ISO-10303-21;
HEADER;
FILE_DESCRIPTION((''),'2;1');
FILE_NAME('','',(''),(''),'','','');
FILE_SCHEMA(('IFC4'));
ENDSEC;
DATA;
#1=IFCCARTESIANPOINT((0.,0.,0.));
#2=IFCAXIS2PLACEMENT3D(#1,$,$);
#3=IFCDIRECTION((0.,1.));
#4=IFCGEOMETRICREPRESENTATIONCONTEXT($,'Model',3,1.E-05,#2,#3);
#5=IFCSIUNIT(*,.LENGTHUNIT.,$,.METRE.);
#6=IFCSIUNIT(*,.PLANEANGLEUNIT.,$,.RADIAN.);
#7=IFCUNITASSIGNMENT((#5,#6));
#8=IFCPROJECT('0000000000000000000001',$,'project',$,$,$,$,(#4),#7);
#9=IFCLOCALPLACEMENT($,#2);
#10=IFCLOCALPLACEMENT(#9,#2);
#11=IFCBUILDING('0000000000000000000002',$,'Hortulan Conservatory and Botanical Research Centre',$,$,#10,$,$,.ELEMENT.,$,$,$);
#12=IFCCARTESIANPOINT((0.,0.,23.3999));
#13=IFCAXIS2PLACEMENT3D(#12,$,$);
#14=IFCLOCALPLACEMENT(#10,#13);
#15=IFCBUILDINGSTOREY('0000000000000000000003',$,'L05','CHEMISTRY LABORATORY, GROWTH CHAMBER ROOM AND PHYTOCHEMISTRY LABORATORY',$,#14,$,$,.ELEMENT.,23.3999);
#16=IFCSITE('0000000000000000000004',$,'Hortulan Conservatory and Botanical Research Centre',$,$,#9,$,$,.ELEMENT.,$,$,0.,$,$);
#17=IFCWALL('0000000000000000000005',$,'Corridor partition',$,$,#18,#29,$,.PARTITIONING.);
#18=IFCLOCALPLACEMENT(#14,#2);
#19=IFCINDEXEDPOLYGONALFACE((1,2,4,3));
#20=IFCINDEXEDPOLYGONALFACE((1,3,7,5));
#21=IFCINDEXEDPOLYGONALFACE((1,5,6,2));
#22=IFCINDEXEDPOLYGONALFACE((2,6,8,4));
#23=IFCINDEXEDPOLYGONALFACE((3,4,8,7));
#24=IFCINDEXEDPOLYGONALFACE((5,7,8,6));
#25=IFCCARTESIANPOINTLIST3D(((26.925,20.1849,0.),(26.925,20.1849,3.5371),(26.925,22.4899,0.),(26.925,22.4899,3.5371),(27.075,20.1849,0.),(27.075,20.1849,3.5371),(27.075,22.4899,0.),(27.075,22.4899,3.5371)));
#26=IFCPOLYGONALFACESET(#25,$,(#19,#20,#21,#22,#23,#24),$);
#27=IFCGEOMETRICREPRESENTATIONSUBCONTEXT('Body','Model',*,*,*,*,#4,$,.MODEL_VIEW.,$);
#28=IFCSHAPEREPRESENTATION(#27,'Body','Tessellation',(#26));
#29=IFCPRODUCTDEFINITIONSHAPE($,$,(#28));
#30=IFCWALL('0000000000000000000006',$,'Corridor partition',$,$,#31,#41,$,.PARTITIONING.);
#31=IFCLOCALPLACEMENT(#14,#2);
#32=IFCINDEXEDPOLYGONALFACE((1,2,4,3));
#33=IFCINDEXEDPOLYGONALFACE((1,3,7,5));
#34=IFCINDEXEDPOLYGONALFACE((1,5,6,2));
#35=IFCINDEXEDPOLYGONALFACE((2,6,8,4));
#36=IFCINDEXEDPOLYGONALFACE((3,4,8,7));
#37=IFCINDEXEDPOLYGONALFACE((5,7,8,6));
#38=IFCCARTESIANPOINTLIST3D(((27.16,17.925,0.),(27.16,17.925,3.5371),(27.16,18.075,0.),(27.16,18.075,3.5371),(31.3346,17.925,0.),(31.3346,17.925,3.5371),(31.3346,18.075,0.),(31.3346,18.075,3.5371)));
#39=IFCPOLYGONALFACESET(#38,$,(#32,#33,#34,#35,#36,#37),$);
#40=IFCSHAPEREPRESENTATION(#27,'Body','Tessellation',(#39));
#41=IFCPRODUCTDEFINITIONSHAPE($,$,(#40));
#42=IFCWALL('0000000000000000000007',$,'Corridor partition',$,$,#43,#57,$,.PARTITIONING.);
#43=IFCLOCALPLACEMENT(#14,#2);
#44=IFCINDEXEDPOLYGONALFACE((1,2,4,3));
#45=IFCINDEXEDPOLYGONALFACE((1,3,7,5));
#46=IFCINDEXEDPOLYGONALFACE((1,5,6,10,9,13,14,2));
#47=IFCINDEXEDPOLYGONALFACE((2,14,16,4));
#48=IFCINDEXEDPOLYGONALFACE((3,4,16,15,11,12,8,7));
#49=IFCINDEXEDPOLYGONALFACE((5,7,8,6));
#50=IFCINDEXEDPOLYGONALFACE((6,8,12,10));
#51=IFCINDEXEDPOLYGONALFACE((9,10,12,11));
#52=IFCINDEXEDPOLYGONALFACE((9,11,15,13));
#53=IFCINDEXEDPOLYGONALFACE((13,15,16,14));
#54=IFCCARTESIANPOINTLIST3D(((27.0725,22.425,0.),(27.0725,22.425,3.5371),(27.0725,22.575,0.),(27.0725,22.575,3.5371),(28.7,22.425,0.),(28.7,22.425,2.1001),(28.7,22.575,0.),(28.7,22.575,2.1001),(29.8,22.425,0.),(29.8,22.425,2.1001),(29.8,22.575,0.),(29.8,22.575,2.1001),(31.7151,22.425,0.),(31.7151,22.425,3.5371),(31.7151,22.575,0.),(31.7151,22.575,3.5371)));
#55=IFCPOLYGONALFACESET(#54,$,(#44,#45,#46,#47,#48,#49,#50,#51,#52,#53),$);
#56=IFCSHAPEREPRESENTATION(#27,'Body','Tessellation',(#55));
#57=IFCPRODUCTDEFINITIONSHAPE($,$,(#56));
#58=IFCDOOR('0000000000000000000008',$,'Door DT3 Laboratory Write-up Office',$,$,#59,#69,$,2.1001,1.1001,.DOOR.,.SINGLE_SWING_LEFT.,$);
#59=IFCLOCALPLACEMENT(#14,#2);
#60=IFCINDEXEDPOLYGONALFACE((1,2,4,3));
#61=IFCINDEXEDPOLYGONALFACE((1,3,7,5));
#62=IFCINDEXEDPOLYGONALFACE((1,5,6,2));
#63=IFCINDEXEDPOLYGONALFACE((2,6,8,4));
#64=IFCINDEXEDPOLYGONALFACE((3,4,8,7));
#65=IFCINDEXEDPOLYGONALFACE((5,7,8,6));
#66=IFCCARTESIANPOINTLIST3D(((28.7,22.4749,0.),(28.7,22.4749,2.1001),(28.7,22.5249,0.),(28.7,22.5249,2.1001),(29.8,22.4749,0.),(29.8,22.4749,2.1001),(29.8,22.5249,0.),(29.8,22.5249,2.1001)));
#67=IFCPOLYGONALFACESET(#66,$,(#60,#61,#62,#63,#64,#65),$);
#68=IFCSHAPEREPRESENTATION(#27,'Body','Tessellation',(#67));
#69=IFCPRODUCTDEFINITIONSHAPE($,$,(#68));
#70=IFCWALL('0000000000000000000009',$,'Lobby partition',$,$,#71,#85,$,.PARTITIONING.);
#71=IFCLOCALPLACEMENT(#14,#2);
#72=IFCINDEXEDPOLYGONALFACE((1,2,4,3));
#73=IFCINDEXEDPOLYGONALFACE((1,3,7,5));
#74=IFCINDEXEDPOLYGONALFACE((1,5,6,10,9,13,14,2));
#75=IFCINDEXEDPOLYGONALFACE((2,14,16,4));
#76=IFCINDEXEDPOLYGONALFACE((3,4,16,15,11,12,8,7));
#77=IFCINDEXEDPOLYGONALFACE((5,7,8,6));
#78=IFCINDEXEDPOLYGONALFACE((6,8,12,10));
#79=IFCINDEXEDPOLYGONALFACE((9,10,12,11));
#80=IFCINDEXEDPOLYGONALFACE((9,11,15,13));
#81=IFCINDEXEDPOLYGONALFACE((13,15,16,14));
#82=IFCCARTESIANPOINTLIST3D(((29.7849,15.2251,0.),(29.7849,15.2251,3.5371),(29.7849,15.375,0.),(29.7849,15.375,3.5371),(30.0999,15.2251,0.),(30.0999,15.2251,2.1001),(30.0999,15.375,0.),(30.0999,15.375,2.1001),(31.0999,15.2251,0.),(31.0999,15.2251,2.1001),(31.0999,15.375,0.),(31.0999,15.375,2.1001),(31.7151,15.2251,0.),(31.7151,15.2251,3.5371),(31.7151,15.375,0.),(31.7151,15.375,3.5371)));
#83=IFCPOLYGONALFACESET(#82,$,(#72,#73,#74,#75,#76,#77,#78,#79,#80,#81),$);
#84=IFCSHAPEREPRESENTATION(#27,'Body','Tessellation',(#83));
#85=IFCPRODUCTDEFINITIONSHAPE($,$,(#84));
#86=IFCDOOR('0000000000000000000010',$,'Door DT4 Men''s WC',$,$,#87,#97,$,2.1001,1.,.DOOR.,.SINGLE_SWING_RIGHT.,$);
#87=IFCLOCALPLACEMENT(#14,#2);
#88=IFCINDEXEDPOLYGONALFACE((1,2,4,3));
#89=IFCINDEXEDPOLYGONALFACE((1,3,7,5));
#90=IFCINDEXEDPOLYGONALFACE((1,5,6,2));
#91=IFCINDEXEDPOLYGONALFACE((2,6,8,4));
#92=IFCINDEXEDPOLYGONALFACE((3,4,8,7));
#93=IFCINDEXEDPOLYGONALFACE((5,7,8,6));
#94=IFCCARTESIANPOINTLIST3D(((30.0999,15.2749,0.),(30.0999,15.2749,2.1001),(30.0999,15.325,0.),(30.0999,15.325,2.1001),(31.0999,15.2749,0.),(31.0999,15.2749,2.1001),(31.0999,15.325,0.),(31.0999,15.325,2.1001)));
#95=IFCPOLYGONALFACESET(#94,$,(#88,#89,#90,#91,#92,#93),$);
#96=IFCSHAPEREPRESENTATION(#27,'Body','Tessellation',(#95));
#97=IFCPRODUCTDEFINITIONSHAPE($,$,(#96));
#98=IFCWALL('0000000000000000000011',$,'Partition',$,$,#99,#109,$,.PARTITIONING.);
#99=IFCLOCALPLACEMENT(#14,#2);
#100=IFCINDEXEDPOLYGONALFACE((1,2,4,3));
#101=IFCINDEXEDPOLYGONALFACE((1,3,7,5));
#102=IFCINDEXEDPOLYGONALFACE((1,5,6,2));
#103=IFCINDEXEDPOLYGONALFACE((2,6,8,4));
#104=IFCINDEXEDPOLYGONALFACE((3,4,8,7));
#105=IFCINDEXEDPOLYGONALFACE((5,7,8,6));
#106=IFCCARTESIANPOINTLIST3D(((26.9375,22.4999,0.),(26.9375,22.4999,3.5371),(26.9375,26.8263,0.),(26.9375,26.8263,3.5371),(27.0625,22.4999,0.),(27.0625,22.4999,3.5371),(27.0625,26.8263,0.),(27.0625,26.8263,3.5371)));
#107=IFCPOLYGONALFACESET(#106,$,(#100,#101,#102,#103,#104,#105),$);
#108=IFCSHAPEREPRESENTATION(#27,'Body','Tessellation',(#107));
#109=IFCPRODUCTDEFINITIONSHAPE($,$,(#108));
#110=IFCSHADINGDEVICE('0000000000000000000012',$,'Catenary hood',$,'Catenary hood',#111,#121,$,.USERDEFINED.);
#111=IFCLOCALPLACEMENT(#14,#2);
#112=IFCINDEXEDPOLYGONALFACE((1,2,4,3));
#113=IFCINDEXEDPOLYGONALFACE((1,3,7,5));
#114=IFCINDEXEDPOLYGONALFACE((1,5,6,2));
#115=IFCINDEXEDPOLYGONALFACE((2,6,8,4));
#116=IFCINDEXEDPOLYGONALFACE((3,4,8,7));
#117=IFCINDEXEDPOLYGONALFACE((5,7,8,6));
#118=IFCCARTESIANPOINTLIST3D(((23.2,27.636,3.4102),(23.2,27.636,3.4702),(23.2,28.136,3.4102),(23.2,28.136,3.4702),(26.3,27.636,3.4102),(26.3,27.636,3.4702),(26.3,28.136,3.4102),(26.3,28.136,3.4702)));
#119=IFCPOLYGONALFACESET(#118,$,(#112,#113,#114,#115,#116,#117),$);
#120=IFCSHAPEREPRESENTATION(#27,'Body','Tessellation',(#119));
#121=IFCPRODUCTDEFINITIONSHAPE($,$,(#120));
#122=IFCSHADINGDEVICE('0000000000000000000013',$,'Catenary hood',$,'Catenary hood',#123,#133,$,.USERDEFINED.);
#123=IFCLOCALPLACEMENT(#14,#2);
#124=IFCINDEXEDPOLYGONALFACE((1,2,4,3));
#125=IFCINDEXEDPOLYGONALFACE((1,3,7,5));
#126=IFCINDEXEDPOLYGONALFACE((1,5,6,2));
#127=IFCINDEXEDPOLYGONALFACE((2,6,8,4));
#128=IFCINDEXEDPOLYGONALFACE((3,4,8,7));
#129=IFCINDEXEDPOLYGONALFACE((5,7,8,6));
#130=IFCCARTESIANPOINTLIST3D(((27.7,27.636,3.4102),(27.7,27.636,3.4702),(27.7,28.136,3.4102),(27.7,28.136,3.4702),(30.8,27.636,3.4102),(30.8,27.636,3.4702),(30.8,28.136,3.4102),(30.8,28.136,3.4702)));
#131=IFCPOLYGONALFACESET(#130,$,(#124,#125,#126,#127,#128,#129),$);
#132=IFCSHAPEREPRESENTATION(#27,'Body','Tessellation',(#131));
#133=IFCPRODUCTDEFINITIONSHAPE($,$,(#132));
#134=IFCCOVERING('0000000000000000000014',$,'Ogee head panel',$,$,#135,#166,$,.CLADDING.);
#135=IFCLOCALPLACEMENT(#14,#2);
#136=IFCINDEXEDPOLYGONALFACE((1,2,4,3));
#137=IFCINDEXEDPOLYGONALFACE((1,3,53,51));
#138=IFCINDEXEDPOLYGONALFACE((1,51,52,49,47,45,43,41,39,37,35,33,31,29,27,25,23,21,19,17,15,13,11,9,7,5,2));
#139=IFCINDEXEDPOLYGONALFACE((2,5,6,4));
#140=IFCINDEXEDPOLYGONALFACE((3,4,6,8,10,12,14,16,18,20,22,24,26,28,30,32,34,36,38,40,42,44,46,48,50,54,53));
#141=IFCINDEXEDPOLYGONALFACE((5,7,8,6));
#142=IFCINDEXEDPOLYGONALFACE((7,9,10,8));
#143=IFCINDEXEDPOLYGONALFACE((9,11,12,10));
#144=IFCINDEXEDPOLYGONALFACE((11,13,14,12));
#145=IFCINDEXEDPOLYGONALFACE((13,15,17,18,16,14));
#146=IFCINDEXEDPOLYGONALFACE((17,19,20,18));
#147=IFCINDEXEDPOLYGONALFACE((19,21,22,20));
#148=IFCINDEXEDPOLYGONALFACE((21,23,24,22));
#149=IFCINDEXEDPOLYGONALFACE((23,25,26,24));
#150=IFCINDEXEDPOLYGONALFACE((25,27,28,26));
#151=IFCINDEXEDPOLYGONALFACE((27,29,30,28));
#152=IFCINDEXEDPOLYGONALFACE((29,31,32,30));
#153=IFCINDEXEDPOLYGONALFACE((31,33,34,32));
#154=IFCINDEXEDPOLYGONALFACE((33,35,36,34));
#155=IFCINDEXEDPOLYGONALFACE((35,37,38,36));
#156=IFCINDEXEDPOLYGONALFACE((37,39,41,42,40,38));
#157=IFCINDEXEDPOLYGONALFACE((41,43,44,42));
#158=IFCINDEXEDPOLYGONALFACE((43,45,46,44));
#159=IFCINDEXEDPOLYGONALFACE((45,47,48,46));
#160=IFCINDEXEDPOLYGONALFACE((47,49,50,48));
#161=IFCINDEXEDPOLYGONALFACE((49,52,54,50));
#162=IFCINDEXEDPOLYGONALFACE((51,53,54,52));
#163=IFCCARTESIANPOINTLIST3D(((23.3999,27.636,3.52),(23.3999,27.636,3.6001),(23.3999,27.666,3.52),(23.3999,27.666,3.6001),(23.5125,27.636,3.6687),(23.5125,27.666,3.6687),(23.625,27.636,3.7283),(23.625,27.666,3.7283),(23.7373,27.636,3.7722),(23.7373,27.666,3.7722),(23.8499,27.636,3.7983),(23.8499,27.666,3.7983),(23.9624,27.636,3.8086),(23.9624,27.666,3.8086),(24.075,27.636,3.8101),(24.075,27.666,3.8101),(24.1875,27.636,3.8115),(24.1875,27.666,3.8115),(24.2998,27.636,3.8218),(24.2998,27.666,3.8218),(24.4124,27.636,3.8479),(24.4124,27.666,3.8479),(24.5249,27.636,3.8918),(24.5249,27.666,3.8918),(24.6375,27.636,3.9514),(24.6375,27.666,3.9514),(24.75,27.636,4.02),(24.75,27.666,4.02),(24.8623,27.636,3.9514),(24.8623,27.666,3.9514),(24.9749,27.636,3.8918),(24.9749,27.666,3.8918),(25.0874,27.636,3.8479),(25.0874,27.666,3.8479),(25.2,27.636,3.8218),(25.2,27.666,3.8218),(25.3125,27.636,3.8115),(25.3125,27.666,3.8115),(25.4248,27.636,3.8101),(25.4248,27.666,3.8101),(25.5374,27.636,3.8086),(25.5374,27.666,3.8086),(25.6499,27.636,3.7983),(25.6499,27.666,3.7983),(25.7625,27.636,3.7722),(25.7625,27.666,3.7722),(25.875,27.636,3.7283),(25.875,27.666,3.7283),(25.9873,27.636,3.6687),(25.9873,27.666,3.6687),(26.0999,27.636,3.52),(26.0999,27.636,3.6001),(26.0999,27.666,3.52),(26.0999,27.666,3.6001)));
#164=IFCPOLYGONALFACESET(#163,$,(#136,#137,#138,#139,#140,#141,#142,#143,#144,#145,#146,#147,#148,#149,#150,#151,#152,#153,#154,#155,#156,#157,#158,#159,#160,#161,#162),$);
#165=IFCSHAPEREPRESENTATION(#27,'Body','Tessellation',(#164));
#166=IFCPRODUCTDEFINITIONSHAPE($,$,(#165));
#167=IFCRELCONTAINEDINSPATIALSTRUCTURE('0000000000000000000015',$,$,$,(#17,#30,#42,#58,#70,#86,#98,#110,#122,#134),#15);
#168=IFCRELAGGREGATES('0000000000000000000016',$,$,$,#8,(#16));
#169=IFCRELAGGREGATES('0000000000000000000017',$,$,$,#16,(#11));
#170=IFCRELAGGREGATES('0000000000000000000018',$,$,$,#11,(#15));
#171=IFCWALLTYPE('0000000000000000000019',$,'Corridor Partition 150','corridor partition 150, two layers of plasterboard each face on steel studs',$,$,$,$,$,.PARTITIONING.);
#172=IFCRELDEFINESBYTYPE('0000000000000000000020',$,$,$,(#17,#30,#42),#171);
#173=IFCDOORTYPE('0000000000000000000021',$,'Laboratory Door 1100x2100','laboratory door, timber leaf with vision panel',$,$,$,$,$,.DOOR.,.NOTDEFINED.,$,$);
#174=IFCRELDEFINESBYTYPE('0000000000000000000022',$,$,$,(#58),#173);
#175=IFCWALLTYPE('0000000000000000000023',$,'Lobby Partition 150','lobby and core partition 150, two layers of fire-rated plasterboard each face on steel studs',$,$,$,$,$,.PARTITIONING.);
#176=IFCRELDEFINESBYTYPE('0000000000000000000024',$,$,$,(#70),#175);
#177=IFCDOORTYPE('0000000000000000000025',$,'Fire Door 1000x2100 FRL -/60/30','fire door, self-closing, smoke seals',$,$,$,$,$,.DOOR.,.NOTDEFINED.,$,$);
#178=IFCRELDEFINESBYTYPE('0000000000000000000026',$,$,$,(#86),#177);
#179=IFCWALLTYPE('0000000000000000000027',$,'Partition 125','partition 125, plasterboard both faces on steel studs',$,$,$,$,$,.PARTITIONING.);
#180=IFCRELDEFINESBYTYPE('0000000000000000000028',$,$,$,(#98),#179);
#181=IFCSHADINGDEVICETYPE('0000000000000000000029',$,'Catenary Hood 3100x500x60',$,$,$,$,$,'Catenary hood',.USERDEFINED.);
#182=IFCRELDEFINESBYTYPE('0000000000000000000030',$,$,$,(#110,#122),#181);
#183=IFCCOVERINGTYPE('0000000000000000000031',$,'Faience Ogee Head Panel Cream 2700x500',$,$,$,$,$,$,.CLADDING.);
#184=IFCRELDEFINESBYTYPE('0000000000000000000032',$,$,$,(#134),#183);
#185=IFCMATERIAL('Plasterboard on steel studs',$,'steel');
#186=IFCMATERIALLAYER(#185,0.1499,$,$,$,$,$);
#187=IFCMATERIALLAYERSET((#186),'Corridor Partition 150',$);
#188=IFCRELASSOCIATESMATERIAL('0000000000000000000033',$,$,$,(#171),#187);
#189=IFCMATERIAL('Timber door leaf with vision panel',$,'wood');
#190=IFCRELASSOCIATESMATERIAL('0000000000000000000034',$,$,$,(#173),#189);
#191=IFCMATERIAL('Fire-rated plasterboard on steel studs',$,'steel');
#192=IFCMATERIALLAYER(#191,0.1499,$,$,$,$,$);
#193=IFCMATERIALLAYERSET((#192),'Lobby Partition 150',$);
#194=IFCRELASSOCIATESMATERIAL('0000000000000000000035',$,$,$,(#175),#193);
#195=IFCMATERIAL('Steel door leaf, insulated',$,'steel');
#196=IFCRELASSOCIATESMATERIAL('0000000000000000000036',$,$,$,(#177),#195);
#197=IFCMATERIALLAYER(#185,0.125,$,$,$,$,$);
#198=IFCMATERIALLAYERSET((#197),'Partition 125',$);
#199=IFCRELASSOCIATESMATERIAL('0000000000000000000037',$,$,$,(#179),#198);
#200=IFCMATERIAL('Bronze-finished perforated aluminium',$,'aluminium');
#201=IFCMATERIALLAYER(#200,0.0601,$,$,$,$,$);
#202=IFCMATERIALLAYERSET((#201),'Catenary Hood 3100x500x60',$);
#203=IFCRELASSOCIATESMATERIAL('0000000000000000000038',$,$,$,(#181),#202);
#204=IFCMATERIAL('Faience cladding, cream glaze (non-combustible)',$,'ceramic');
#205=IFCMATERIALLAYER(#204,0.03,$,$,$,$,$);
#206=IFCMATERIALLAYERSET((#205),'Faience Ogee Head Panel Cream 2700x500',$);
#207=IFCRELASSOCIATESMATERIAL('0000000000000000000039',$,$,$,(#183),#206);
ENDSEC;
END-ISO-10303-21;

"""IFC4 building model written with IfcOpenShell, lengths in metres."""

from ifc_helpers import new_model, si_unit, direction, frame, frame_2d, origin, origin_2d, place, context, subcontext, project, spatial, polyline, rectangle, outline, extrude, material, layer, layer_set, type_object, element, fill, save


model = new_model("IFC4")

# Units and contexts
model_context = context("Model", 3, precision=1e-05, world=origin(), true_north=direction((0.0, 1.0)))
body_context = subcontext(model_context, "Body", "Model", "MODEL_VIEW")
ifc_project = project(units=[si_unit("LENGTHUNIT", "METRE"), si_unit("PLANEANGLEUNIT", "RADIAN")], contexts=[model_context])

# Site, building, storey
site_placement = place(None, origin())
site = spatial("IfcSite", under=ifc_project, at=site_placement, Name="Hortulan Conservatory and Botanical Research Centre", CompositionType="ELEMENT", RefElevation=0.0)
building_placement = place(site_placement, origin())
building = spatial("IfcBuilding", under=site, at=building_placement, Name="Hortulan Conservatory and Botanical Research Centre", CompositionType="ELEMENT")
storey_placement = place(building_placement, frame((0.0, 0.0, 23.3999)))
storey = spatial("IfcBuildingStorey", under=building, at=storey_placement, Name="L05", Description="CHEMISTRY LABORATORY, GROWTH CHAMBER ROOM AND PHYTOCHEMISTRY LABORATORY", CompositionType="ELEMENT", Elevation=23.3999)

# Walls
ifc_material_1 = material(Name="Plasterboard on steel studs", Category="steel")
ifc_layer_1 = layer(ifc_material_1, 0.1499)
ifc_layer_set_1 = layer_set([ifc_layer_1], Name="Corridor Partition 150")
wall_type_1 = type_object("IfcWallType", Name="Corridor Partition 150", Description="corridor partition 150, two layers of plasterboard each face on steel studs", PredefinedType="PARTITIONING", material=ifc_layer_set_1)
wall_1_placement = place(storey_placement, frame((27.0, 20.1851, 0.0), z_axis=(0.0, 0.0, 1.0), x_axis=(0.0, 1.0, 0.0)))
element("IfcWall", 1, at=wall_1_placement, inside=storey, type_object=wall_type_1, Name="Corridor partition", PredefinedType="PARTITIONING", context=body_context, shape_type="SweptSolid", body=[
    extrude(rectangle(XDim=2.3049, YDim=0.1499, at=frame_2d((1.1523, 0.0))), origin(), (0.0, 0.0, 1.0), 3.5371),
])
wall_2_placement = place(storey_placement, frame((27.1599, 18.0, 0.0), z_axis=(0.0, 0.0, 1.0), x_axis=(1.0, 0.0, 0.0)))
element("IfcWall", 2, at=wall_2_placement, inside=storey, type_object=wall_type_1, Name="Corridor partition", PredefinedType="PARTITIONING", context=body_context, shape_type="SweptSolid", body=[
    extrude(rectangle(XDim=4.1746, YDim=0.1499, at=frame_2d((2.0874, 0.0))), origin(), (0.0, 0.0, 1.0), 3.5371),
])

# Walls, openings, doors
wall_3_placement = place(storey_placement, frame((27.0725, 22.5, 0.0), z_axis=(0.0, 0.0, 1.0), x_axis=(1.0, 0.0, 0.0)))
wall_3 = element("IfcWall", 3, at=wall_3_placement, inside=storey, type_object=wall_type_1, Name="Corridor partition", PredefinedType="PARTITIONING", context=body_context, shape_type="SweptSolid", body=[
    extrude(rectangle(XDim=4.6426, YDim=0.1499, at=frame_2d((2.3213, 0.0))), origin(), (0.0, 0.0, 1.0), 3.5371),
])
opening_1_placement = place(wall_3_placement, frame((1.6274, 0.0, 0.0)))
opening_1 = element("IfcOpeningElement", 4, at=opening_1_placement, cuts=wall_3, PredefinedType="OPENING", context=body_context, shape_type="SweptSolid", body=[
    extrude(rectangle(XDim=1.1001, YDim=2.1001, at=frame_2d((0.55, 1.05))), frame((0.0, 0.085, 0.0), z_axis=(0.0, -1.0, 0.0), x_axis=(1.0, 0.0, 0.0)), (0.0, 0.0, 1.0), 0.1699),
])
ifc_material_2 = material(Name="Timber door leaf with vision panel", Category="wood")
door_type_1 = type_object("IfcDoorType", Name="Laboratory Door 1100x2100", Description="laboratory door, timber leaf with vision panel", OperationType="NOTDEFINED", PredefinedType="DOOR", material=ifc_material_2)
door_1_placement = place(opening_1_placement, origin())
door_1 = element("IfcDoor", 5, at=door_1_placement, inside=storey, type_object=door_type_1, Name="Door DT3 Laboratory Write-up Office", OperationType="SINGLE_SWING_LEFT", OverallHeight=2.1001, OverallWidth=1.1001, PredefinedType="DOOR", context=body_context, shape_type="SweptSolid", body=[
    extrude(rectangle(XDim=1.1001, YDim=2.1001, at=frame_2d((0.55, 1.05))), frame((0.0, 0.0249, 0.0), z_axis=(0.0, -1.0, 0.0), x_axis=(1.0, 0.0, 0.0)), (0.0, 0.0, 1.0), 0.05),
])
fill(opening_1, door_1)
ifc_material_3 = material(Name="Fire-rated plasterboard on steel studs", Category="steel")
ifc_layer_2 = layer(ifc_material_3, 0.1499)
ifc_layer_set_2 = layer_set([ifc_layer_2], Name="Lobby Partition 150")
wall_type_2 = type_object("IfcWallType", Name="Lobby Partition 150", Description="lobby and core partition 150, two layers of fire-rated plasterboard each face on steel studs", PredefinedType="PARTITIONING", material=ifc_layer_set_2)
wall_4_placement = place(storey_placement, frame((29.7849, 15.3, 0.0), z_axis=(0.0, 0.0, 1.0), x_axis=(1.0, 0.0, 0.0)))
wall_4 = element("IfcWall", 6, at=wall_4_placement, inside=storey, type_object=wall_type_2, Name="Lobby partition", PredefinedType="PARTITIONING", context=body_context, shape_type="SweptSolid", body=[
    extrude(rectangle(XDim=1.9302, YDim=0.1499, at=frame_2d((0.9651, 0.0))), origin(), (0.0, 0.0, 1.0), 3.5371),
])
opening_2_placement = place(wall_4_placement, frame((0.3149, 0.0, 0.0)))
opening_2 = element("IfcOpeningElement", 7, at=opening_2_placement, cuts=wall_4, PredefinedType="OPENING", context=body_context, shape_type="SweptSolid", body=[
    extrude(rectangle(XDim=1.0, YDim=2.1001, at=frame_2d((0.5, 1.05))), frame((0.0, 0.085, 0.0), z_axis=(0.0, -1.0, 0.0), x_axis=(1.0, 0.0, 0.0)), (0.0, 0.0, 1.0), 0.1699),
])
ifc_material_4 = material(Name="Steel door leaf, insulated", Category="steel")
door_type_2 = type_object("IfcDoorType", Name="Fire Door 1000x2100 FRL -/60/30", Description="fire door, self-closing, smoke seals", OperationType="NOTDEFINED", PredefinedType="DOOR", material=ifc_material_4)
door_2_placement = place(opening_2_placement, origin())
door_2 = element("IfcDoor", 8, at=door_2_placement, inside=storey, type_object=door_type_2, Name="Door DT4 Men's WC", OperationType="SINGLE_SWING_RIGHT", OverallHeight=2.1001, OverallWidth=1.0, PredefinedType="DOOR", context=body_context, shape_type="SweptSolid", body=[
    extrude(rectangle(XDim=1.0, YDim=2.1001, at=frame_2d((0.5, 1.05))), frame((0.0, 0.0249, 0.0), z_axis=(0.0, -1.0, 0.0), x_axis=(1.0, 0.0, 0.0)), (0.0, 0.0, 1.0), 0.05),
])
fill(opening_2, door_2)

# Wall
ifc_layer_3 = layer(ifc_material_1, 0.125)
ifc_layer_set_3 = layer_set([ifc_layer_3], Name="Partition 125")
wall_type_3 = type_object("IfcWallType", Name="Partition 125", Description="partition 125, plasterboard both faces on steel studs", PredefinedType="PARTITIONING", material=ifc_layer_set_3)
wall_5_placement = place(storey_placement, frame((27.0, 22.5, 0.0), z_axis=(0.0, 0.0, 1.0), x_axis=(0.0, 1.0, 0.0)))
element("IfcWall", 9, at=wall_5_placement, inside=storey, type_object=wall_type_3, Name="Partition", PredefinedType="PARTITIONING", context=body_context, shape_type="SweptSolid", body=[
    extrude(rectangle(XDim=4.3264, YDim=0.125, at=frame_2d((2.1631, 0.0))), origin(), (0.0, 0.0, 1.0), 3.5371),
])

# Shading devices
ifc_material_5 = material(Name="Bronze-finished perforated aluminium", Category="aluminium")
ifc_layer_4 = layer(ifc_material_5, 0.0601)
ifc_layer_set_4 = layer_set([ifc_layer_4], Name="Catenary Hood 3100x500x60")
shading_device_type = type_object("IfcShadingDeviceType", Name="Catenary Hood 3100x500x60", ElementType="Catenary hood", PredefinedType="USERDEFINED", material=ifc_layer_set_4)
for number, where, z_axis, x_axis, name in (
    (10, (24.75, 27.886, 3.4102), (0.0, 0.0, 1.0), (1.0, 0.0, 0.0), "Catenary hood"),
    (11, (29.25, 27.886, 3.4102), (0.0, 0.0, 1.0), (1.0, 0.0, 0.0), "Catenary hood"),
):
    element("IfcShadingDevice", number, at=place(storey_placement, frame(where, z_axis=z_axis, x_axis=x_axis)), inside=storey, type_object=shading_device_type, Name=name, ObjectType="Catenary hood", PredefinedType="USERDEFINED", context=body_context, shape_type="SweptSolid", body=[
        extrude(rectangle(XDim=3.1001, YDim=0.5, at=origin_2d()), origin(), (0.0, 0.0, 1.0), 0.0601),
    ])

# Covering
ifc_material_6 = material(Name="Faience cladding, cream glaze (non-combustible)", Category="ceramic")
ifc_layer_5 = layer(ifc_material_6, 0.03)
ifc_layer_set_5 = layer_set([ifc_layer_5], Name="Faience Ogee Head Panel Cream 2700x500")
covering_type_1 = type_object("IfcCoveringType", Name="Faience Ogee Head Panel Cream 2700x500", PredefinedType="CLADDING", material=ifc_layer_set_5)
for number, where, z_axis, x_axis, name in (
    (12, (23.3999, 27.6509, 3.52), (0.0, 0.0, 1.0), (1.0, 0.0, 0.0), "Ogee head panel"),
):
    element("IfcCovering", number, at=place(storey_placement, frame(where, z_axis=z_axis, x_axis=x_axis)), inside=storey, type_object=covering_type_1, Name=name, PredefinedType="CLADDING", context=body_context, shape_type="SweptSolid", body=[
        extrude(outline(polyline([(0.0, 0.0), (2.7, 0.0), (2.7, 0.0801), (2.5874, 0.1487), (2.4751, 0.2083), (2.3625, 0.2522), (2.25, 0.2783), (2.1375, 0.2886), (2.0249, 0.29), (1.9126, 0.2915), (1.8, 0.3018), (1.6875, 0.3279), (1.575, 0.3718), (1.4624, 0.4314), (1.3501, 0.5), (1.2375, 0.4314), (1.125, 0.3718), (1.0125, 0.3279), (0.8999, 0.3018), (0.7876, 0.2915), (0.675, 0.29), (0.5625, 0.2886), (0.45, 0.2783), (0.3374, 0.2522), (0.2251, 0.2083), (0.1125, 0.1487), (0.0, 0.0801), (0.0, 0.0)])), frame((0.0, 0.0151, 0.0), z_axis=(0.0, -1.0, 0.0), x_axis=(1.0, 0.0, 0.0)), (0.0, 0.0, 1.0), 0.03),
    ])

save(model, "model.ifc")
